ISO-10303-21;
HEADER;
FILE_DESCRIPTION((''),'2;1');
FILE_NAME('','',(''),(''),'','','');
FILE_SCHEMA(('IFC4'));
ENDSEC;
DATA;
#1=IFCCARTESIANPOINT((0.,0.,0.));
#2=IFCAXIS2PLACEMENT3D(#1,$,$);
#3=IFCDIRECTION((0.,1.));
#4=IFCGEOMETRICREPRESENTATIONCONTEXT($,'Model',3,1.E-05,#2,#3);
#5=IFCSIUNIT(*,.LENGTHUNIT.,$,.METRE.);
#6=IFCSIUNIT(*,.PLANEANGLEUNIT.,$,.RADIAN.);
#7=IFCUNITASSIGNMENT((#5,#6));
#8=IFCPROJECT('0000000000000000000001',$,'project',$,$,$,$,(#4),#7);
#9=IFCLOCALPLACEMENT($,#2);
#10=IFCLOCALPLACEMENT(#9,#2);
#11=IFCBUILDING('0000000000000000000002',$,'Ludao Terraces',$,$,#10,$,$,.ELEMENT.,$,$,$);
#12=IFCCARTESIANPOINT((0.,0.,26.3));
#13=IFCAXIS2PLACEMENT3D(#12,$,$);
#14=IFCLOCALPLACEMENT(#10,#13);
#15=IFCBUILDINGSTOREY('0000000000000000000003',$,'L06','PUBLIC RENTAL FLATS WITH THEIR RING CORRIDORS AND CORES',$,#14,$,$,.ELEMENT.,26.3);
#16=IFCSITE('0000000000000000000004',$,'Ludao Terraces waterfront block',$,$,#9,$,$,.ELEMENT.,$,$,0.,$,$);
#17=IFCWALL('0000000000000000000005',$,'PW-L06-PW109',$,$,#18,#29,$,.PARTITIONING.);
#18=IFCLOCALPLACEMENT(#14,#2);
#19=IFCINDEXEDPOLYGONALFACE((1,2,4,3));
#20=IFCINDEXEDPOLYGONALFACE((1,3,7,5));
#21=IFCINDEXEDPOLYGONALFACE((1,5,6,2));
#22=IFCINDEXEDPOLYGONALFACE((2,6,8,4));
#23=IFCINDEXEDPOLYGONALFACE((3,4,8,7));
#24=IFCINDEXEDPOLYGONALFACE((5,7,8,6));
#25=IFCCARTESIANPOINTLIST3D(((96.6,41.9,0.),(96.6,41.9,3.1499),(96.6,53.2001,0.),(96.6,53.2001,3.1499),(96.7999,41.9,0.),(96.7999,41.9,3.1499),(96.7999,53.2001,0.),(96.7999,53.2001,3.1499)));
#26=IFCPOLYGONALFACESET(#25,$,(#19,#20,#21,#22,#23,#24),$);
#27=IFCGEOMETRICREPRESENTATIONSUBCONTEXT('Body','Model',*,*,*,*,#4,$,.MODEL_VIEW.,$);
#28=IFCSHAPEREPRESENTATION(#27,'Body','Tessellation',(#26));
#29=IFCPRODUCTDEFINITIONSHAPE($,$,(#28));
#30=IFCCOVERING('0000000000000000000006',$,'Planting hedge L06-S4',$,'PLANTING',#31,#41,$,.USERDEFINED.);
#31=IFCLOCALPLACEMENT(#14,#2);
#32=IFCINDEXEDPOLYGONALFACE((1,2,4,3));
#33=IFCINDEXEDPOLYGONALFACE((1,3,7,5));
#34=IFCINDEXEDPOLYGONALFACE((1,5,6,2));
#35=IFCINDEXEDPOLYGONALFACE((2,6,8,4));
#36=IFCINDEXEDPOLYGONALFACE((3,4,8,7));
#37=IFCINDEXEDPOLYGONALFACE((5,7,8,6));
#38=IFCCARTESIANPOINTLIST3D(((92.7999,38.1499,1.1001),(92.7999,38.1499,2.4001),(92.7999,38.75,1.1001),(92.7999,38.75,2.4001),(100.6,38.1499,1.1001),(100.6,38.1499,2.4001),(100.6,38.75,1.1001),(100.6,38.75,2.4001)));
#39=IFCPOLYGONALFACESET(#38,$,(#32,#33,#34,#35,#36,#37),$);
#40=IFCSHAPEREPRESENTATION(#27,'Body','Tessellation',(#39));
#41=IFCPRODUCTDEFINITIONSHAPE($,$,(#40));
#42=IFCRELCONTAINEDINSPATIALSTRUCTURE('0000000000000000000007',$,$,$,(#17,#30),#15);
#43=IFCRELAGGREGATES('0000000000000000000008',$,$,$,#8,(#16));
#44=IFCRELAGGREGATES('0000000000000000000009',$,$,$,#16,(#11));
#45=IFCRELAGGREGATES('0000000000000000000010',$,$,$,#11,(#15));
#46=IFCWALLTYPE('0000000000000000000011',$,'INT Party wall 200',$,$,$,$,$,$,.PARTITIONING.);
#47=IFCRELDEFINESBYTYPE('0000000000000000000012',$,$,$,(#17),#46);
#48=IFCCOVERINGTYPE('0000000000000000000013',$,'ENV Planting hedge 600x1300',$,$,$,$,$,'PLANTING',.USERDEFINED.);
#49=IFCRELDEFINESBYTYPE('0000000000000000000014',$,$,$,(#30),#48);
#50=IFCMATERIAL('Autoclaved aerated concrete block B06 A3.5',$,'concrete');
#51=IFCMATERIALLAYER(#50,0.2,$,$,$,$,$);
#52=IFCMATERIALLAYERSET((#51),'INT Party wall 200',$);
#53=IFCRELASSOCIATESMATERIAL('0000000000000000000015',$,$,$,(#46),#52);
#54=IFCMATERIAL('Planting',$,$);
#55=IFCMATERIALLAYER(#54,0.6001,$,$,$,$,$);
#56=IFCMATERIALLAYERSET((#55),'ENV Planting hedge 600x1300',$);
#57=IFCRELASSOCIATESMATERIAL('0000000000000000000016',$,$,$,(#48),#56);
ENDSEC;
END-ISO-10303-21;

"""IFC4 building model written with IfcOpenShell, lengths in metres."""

from ifc_helpers import new_model, si_unit, direction, frame, frame_2d, origin, origin_2d, place, context, subcontext, project, spatial, rectangle, extrude, material, layer, layer_set, type_object, element, save


model = new_model("IFC4")

# Units and contexts
model_context = context("Model", 3, precision=1e-05, world=origin(), true_north=direction((0.0, 1.0)))
body_context = subcontext(model_context, "Body", "Model", "MODEL_VIEW")
ifc_project = project(units=[si_unit("LENGTHUNIT", "METRE"), si_unit("PLANEANGLEUNIT", "RADIAN")], contexts=[model_context])

# Site, building, storey
site_placement = place(None, origin())
site = spatial("IfcSite", under=ifc_project, at=site_placement, Name="Ludao Terraces waterfront block", CompositionType="ELEMENT", RefElevation=0.0)
building_placement = place(site_placement, origin())
building = spatial("IfcBuilding", under=site, at=building_placement, Name="Ludao Terraces", CompositionType="ELEMENT")
storey_placement = place(building_placement, frame((0.0, 0.0, 26.3)))
storey = spatial("IfcBuildingStorey", under=building, at=storey_placement, Name="L06", Description="PUBLIC RENTAL FLATS WITH THEIR RING CORRIDORS AND CORES", CompositionType="ELEMENT", Elevation=26.3)

# Wall
ifc_material_1 = material(Name="Autoclaved aerated concrete block B06 A3.5", Category="concrete")
ifc_layer_1 = layer(ifc_material_1, 0.2)
ifc_layer_set_1 = layer_set([ifc_layer_1], Name="INT Party wall 200")
wall_type_1 = type_object("IfcWallType", Name="INT Party wall 200", PredefinedType="PARTITIONING", material=ifc_layer_set_1)
wall_1_placement = place(storey_placement, frame((96.7, 41.9001, 0.0), z_axis=(0.0, 0.0, 1.0), x_axis=(0.0, 1.0, 0.0)))
element("IfcWall", 1, at=wall_1_placement, inside=storey, type_object=wall_type_1, Name="PW-L06-PW109", PredefinedType="PARTITIONING", context=body_context, shape_type="SweptSolid", body=[
    extrude(rectangle(XDim=11.3, YDim=0.2, at=frame_2d((5.6499, 0.0))), origin(), (0.0, 0.0, 1.0), 3.1499),
])

# Covering
ifc_material_2 = material(Name="Planting")
ifc_layer_2 = layer(ifc_material_2, 0.6001)
ifc_layer_set_2 = layer_set([ifc_layer_2], Name="ENV Planting hedge 600x1300")
covering_type = type_object("IfcCoveringType", Name="ENV Planting hedge 600x1300", ElementType="PLANTING", PredefinedType="USERDEFINED", material=ifc_layer_set_2)
covering_placement = place(storey_placement, frame((96.7, 38.45, 1.1001), z_axis=(0.0, 0.0, 1.0), x_axis=(1.0, 0.0, 0.0)))
element("IfcCovering", 2, at=covering_placement, inside=storey, type_object=covering_type, Name="Planting hedge L06-S4", ObjectType="PLANTING", PredefinedType="USERDEFINED", context=body_context, shape_type="SweptSolid", body=[
    extrude(rectangle(XDim=7.8, YDim=0.6001, at=origin_2d()), origin(), (0.0, 0.0, 1.0), 1.3),
])

save(model, "model.ifc")
